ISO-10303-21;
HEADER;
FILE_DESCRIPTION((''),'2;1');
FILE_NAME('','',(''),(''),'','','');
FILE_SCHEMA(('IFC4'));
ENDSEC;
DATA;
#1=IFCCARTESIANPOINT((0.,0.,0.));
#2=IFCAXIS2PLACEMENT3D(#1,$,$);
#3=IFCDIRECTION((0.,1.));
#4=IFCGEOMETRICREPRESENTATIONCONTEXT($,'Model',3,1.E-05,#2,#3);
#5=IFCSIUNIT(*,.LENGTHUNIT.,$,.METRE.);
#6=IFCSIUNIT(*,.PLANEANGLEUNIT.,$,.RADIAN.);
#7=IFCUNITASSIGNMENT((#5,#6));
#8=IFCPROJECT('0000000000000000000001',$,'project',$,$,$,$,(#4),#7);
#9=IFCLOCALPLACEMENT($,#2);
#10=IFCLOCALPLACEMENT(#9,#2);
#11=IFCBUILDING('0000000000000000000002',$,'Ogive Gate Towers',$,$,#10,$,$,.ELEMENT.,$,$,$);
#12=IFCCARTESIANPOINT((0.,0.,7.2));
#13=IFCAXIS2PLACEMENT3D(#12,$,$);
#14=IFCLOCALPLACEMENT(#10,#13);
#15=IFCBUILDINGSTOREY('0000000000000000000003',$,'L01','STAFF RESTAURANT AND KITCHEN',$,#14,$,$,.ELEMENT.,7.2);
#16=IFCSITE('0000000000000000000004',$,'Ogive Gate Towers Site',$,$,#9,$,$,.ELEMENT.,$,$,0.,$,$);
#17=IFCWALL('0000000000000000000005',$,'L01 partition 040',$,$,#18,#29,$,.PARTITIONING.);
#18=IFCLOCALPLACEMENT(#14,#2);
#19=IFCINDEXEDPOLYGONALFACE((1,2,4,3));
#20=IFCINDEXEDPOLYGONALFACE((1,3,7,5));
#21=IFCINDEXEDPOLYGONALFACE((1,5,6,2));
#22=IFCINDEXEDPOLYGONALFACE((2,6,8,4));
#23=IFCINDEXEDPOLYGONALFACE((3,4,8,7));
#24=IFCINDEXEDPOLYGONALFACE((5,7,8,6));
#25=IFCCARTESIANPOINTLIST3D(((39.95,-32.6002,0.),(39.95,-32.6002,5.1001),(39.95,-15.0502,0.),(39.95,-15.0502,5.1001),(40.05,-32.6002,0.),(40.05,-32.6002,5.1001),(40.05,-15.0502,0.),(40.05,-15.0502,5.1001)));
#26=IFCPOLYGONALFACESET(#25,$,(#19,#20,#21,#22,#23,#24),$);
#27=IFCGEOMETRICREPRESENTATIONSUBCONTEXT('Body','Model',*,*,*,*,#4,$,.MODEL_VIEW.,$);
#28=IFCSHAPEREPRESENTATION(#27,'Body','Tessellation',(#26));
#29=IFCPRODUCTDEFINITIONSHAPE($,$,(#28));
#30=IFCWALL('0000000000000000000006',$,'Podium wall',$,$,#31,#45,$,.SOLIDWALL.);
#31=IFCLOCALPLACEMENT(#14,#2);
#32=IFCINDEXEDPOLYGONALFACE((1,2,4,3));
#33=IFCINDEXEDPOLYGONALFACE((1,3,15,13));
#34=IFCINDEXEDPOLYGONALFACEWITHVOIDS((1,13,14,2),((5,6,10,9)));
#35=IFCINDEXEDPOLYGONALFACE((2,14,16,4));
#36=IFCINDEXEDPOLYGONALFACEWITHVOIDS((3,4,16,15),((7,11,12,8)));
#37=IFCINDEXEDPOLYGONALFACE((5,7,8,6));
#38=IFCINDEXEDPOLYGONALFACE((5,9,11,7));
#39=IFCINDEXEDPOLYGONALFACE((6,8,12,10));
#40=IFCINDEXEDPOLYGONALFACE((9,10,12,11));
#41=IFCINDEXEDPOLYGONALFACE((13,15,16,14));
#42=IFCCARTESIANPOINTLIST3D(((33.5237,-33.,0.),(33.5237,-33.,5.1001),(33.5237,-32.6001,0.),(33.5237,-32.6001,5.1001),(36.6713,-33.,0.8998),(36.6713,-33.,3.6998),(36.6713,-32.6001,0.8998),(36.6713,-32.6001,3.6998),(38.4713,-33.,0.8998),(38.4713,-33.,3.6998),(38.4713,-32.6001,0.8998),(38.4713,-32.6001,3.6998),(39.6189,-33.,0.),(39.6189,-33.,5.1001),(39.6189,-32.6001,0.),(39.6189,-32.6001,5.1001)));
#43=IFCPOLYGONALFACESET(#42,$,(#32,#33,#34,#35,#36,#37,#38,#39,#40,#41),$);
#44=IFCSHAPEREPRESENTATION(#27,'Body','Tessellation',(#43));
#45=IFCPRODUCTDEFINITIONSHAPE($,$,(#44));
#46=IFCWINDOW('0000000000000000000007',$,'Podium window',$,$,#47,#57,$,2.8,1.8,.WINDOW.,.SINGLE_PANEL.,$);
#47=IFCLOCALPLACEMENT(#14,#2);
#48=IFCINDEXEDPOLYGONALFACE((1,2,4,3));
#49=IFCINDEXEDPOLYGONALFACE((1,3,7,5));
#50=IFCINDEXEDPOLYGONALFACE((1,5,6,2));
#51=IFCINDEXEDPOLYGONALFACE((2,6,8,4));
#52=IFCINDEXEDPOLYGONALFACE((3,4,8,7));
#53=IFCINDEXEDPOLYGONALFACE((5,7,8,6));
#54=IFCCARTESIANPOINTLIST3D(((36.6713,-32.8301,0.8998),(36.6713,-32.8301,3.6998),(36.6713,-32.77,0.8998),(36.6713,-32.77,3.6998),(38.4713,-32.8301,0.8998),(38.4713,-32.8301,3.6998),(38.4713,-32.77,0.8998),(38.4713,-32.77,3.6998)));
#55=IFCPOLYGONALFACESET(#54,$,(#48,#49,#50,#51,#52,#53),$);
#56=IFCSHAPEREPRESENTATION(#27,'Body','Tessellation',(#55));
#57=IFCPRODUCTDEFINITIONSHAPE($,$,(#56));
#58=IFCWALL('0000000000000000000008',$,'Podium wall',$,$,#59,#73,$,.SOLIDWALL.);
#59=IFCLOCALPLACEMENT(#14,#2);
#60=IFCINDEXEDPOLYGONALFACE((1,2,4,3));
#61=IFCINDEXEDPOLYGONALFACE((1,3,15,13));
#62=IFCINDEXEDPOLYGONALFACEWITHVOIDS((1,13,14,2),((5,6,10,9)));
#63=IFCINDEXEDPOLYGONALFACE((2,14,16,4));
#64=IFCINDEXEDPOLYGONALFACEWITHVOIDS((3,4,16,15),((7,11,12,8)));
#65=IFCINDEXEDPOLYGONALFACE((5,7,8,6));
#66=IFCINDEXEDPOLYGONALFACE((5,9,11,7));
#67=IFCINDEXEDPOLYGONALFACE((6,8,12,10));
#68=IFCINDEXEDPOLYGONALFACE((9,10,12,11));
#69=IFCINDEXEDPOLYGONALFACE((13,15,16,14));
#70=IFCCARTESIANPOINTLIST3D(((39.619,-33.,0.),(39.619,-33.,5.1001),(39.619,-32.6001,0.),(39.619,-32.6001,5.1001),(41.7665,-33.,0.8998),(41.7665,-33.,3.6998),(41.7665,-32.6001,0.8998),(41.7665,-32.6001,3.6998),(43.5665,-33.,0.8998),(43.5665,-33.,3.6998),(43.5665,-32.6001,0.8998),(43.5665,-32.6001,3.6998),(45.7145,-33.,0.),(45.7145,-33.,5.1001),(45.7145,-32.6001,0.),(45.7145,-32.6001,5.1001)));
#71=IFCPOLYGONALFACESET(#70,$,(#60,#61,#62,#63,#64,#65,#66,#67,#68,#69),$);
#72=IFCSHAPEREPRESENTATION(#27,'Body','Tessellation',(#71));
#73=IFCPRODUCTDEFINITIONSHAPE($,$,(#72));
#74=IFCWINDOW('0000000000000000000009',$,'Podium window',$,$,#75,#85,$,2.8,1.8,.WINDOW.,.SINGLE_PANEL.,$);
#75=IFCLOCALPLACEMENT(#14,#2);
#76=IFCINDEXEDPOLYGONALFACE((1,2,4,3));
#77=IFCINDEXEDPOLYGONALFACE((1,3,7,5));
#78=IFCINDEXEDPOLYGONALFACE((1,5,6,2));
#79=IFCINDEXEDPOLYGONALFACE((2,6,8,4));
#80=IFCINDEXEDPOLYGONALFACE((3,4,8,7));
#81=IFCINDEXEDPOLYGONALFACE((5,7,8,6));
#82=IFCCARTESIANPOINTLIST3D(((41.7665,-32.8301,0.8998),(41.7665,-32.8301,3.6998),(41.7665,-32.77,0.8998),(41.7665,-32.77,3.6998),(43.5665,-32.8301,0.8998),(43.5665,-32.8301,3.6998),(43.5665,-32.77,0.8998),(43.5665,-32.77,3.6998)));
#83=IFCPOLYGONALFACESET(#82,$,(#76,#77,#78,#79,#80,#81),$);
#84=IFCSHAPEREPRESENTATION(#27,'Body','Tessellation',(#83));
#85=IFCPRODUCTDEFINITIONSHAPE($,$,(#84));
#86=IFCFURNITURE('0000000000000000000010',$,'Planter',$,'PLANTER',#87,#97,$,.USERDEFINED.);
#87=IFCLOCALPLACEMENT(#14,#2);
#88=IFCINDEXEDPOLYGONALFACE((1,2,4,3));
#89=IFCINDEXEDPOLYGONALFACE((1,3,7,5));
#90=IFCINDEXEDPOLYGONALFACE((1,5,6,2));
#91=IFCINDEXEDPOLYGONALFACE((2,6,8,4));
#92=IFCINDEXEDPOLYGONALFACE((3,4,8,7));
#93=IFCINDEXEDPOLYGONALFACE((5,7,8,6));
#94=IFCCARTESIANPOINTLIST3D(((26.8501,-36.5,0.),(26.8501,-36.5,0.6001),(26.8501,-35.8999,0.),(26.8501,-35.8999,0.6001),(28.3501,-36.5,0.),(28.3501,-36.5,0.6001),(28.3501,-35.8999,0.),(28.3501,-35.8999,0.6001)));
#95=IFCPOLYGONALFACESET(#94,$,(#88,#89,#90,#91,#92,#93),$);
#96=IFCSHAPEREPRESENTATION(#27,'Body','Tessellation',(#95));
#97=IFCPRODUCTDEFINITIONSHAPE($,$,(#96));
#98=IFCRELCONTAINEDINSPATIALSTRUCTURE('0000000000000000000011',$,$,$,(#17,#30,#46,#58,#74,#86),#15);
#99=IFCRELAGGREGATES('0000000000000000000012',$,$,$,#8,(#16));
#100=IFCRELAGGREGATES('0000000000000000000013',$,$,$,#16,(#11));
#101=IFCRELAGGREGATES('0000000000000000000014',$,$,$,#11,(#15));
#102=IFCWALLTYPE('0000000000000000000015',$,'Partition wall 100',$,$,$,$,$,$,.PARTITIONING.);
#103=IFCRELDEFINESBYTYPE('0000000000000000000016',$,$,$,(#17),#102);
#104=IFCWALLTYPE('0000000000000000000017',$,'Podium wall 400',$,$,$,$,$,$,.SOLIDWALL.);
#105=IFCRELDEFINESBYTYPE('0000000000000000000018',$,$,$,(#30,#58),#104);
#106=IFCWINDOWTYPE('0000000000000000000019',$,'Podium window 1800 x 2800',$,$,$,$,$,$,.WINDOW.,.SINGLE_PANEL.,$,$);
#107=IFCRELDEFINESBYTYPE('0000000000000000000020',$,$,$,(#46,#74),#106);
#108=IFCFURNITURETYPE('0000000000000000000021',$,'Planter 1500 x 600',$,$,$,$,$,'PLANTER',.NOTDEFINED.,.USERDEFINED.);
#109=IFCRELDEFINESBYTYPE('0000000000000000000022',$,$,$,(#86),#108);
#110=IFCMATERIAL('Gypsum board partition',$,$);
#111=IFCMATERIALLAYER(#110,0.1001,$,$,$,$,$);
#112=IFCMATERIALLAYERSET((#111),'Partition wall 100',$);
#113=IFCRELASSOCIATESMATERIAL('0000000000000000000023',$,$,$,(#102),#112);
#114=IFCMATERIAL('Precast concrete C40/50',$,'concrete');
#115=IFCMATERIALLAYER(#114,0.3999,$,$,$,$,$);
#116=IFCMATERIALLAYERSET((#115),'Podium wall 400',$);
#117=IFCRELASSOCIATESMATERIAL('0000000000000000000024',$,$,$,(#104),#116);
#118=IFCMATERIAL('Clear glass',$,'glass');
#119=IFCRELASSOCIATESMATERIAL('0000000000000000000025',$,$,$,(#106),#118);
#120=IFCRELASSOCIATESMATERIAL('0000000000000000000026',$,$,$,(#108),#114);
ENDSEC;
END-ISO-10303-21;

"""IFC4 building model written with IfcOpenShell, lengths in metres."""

from ifc_helpers import new_model, si_unit, direction, frame, frame_2d, origin, origin_2d, place, context, subcontext, project, spatial, rectangle, extrude, material, layer, layer_set, type_object, element, fill, save


model = new_model("IFC4")

# Units and contexts
model_context = context("Model", 3, precision=1e-05, world=origin(), true_north=direction((0.0, 1.0)))
body_context = subcontext(model_context, "Body", "Model", "MODEL_VIEW")
ifc_project = project(units=[si_unit("LENGTHUNIT", "METRE"), si_unit("PLANEANGLEUNIT", "RADIAN")], contexts=[model_context])

# Site, building, storey
site_placement = place(None, origin())
site = spatial("IfcSite", under=ifc_project, at=site_placement, Name="Ogive Gate Towers Site", CompositionType="ELEMENT", RefElevation=0.0)
building_placement = place(site_placement, origin())
building = spatial("IfcBuilding", under=site, at=building_placement, Name="Ogive Gate Towers", CompositionType="ELEMENT")
storey_placement = place(building_placement, frame((0.0, 0.0, 7.2)))
storey = spatial("IfcBuildingStorey", under=building, at=storey_placement, Name="L01", Description="STAFF RESTAURANT AND KITCHEN", CompositionType="ELEMENT", Elevation=7.2)

# Wall
ifc_material_1 = material(Name="Gypsum board partition")
ifc_layer_1 = layer(ifc_material_1, 0.1001)
ifc_layer_set_1 = layer_set([ifc_layer_1], Name="Partition wall 100")
wall_type_1 = type_object("IfcWallType", Name="Partition wall 100", PredefinedType="PARTITIONING", material=ifc_layer_set_1)
wall_1_placement = place(storey_placement, frame((40.0, -32.6001, 0.0), z_axis=(0.0, 0.0, 1.0), x_axis=(0.0, 1.0, 0.0)))
element("IfcWall", 1, at=wall_1_placement, inside=storey, type_object=wall_type_1, Name="L01 partition 040", PredefinedType="PARTITIONING", context=body_context, shape_type="SweptSolid", body=[
    extrude(rectangle(XDim=17.55, YDim=0.1001, at=frame_2d((8.7749, 0.0))), origin(), (0.0, 0.0, 1.0), 5.1001),
])

# Shared definitions
ifc_material_2 = material(Name="Precast concrete C40/50", Category="concrete")
ifc_layer_2 = layer(ifc_material_2, 0.3999)
ifc_layer_set_2 = layer_set([ifc_layer_2], Name="Podium wall 400")
wall_type_2 = type_object("IfcWallType", Name="Podium wall 400", PredefinedType="SOLIDWALL", material=ifc_layer_set_2)

# Walls, openings, windows
wall_2_placement = place(storey_placement, frame((33.5237, -32.8, 0.0), z_axis=(0.0, 0.0, 1.0), x_axis=(1.0, 0.0, 0.0)))
wall_2 = element("IfcWall", 2, at=wall_2_placement, inside=storey, type_object=wall_type_2, Name="Podium wall", PredefinedType="SOLIDWALL", context=body_context, shape_type="SweptSolid", body=[
    extrude(rectangle(XDim=6.0952, YDim=0.3999, at=frame_2d((3.0476, 0.0))), origin(), (0.0, 0.0, 1.0), 5.1001),
])
opening_1_placement = place(wall_2_placement, frame((3.1477, 0.0, 0.8999)))
opening_1 = element("IfcOpeningElement", 3, at=opening_1_placement, cuts=wall_2, PredefinedType="OPENING", context=body_context, shape_type="SweptSolid", body=[
    extrude(rectangle(XDim=1.8, YDim=2.8, at=frame_2d((0.8999, 1.3999))), frame((0.0, 0.21, 0.0), z_axis=(0.0, -1.0, 0.0), x_axis=(1.0, 0.0, 0.0)), (0.0, 0.0, 1.0), 0.4199),
])
ifc_material_3 = material(Name="Clear glass", Category="glass")
window_type = type_object("IfcWindowType", Name="Podium window 1800 x 2800", PartitioningType="SINGLE_PANEL", PredefinedType="WINDOW", material=ifc_material_3)
window_1_placement = place(opening_1_placement, origin())
window_1 = element("IfcWindow", 4, at=window_1_placement, inside=storey, type_object=window_type, Name="Podium window", OverallHeight=2.8, OverallWidth=1.8, PartitioningType="SINGLE_PANEL", PredefinedType="WINDOW", context=body_context, shape_type="SweptSolid", body=[
    extrude(rectangle(XDim=1.8, YDim=2.8, at=frame_2d((0.8999, 1.3999))), frame((0.0, 0.03, 0.0), z_axis=(0.0, -1.0, 0.0), x_axis=(1.0, 0.0, 0.0)), (0.0, 0.0, 1.0), 0.0601),
])
fill(opening_1, window_1)
wall_3_placement = place(storey_placement, frame((39.6189, -32.8, 0.0), z_axis=(0.0, 0.0, 1.0), x_axis=(1.0, 0.0, 0.0)))
wall_3 = element("IfcWall", 5, at=wall_3_placement, inside=storey, type_object=wall_type_2, Name="Podium wall", PredefinedType="SOLIDWALL", context=body_context, shape_type="SweptSolid", body=[
    extrude(rectangle(XDim=6.0955, YDim=0.3999, at=frame_2d((3.0479, 0.0))), origin(), (0.0, 0.0, 1.0), 5.1001),
])
opening_2_placement = place(wall_3_placement, frame((2.1477, 0.0, 0.8999)))
opening_2 = element("IfcOpeningElement", 6, at=opening_2_placement, cuts=wall_3, PredefinedType="OPENING", context=body_context, shape_type="SweptSolid", body=[
    extrude(rectangle(XDim=1.8, YDim=2.8, at=frame_2d((0.8999, 1.3999))), frame((0.0, 0.21, 0.0), z_axis=(0.0, -1.0, 0.0), x_axis=(1.0, 0.0, 0.0)), (0.0, 0.0, 1.0), 0.4199),
])
window_2_placement = place(opening_2_placement, origin())
window_2 = element("IfcWindow", 7, at=window_2_placement, inside=storey, type_object=window_type, Name="Podium window", OverallHeight=2.8, OverallWidth=1.8, PartitioningType="SINGLE_PANEL", PredefinedType="WINDOW", context=body_context, shape_type="SweptSolid", body=[
    extrude(rectangle(XDim=1.8, YDim=2.8, at=frame_2d((0.8999, 1.3999))), frame((0.0, 0.03, 0.0), z_axis=(0.0, -1.0, 0.0), x_axis=(1.0, 0.0, 0.0)), (0.0, 0.0, 1.0), 0.0601),
])
fill(opening_2, window_2)

# Furniture
furniture_type = type_object("IfcFurnitureType", Name="Planter 1500 x 600", ElementType="PLANTER", AssemblyPlace="NOTDEFINED", PredefinedType="USERDEFINED", material=ifc_material_2)
furniture_placement = place(storey_placement, frame((27.6001, -36.2, 0.0), z_axis=(0.0, 0.0, 1.0), x_axis=(1.0, 0.0, 0.0)))
element("IfcFurniture", 8, at=furniture_placement, inside=storey, type_object=furniture_type, Name="Planter", ObjectType="PLANTER", PredefinedType="USERDEFINED", context=body_context, shape_type="SweptSolid", body=[
    extrude(rectangle(XDim=1.5, YDim=0.6001, at=origin_2d()), origin(), (0.0, 0.0, 1.0), 0.6001),
])

save(model, "model.ifc")
